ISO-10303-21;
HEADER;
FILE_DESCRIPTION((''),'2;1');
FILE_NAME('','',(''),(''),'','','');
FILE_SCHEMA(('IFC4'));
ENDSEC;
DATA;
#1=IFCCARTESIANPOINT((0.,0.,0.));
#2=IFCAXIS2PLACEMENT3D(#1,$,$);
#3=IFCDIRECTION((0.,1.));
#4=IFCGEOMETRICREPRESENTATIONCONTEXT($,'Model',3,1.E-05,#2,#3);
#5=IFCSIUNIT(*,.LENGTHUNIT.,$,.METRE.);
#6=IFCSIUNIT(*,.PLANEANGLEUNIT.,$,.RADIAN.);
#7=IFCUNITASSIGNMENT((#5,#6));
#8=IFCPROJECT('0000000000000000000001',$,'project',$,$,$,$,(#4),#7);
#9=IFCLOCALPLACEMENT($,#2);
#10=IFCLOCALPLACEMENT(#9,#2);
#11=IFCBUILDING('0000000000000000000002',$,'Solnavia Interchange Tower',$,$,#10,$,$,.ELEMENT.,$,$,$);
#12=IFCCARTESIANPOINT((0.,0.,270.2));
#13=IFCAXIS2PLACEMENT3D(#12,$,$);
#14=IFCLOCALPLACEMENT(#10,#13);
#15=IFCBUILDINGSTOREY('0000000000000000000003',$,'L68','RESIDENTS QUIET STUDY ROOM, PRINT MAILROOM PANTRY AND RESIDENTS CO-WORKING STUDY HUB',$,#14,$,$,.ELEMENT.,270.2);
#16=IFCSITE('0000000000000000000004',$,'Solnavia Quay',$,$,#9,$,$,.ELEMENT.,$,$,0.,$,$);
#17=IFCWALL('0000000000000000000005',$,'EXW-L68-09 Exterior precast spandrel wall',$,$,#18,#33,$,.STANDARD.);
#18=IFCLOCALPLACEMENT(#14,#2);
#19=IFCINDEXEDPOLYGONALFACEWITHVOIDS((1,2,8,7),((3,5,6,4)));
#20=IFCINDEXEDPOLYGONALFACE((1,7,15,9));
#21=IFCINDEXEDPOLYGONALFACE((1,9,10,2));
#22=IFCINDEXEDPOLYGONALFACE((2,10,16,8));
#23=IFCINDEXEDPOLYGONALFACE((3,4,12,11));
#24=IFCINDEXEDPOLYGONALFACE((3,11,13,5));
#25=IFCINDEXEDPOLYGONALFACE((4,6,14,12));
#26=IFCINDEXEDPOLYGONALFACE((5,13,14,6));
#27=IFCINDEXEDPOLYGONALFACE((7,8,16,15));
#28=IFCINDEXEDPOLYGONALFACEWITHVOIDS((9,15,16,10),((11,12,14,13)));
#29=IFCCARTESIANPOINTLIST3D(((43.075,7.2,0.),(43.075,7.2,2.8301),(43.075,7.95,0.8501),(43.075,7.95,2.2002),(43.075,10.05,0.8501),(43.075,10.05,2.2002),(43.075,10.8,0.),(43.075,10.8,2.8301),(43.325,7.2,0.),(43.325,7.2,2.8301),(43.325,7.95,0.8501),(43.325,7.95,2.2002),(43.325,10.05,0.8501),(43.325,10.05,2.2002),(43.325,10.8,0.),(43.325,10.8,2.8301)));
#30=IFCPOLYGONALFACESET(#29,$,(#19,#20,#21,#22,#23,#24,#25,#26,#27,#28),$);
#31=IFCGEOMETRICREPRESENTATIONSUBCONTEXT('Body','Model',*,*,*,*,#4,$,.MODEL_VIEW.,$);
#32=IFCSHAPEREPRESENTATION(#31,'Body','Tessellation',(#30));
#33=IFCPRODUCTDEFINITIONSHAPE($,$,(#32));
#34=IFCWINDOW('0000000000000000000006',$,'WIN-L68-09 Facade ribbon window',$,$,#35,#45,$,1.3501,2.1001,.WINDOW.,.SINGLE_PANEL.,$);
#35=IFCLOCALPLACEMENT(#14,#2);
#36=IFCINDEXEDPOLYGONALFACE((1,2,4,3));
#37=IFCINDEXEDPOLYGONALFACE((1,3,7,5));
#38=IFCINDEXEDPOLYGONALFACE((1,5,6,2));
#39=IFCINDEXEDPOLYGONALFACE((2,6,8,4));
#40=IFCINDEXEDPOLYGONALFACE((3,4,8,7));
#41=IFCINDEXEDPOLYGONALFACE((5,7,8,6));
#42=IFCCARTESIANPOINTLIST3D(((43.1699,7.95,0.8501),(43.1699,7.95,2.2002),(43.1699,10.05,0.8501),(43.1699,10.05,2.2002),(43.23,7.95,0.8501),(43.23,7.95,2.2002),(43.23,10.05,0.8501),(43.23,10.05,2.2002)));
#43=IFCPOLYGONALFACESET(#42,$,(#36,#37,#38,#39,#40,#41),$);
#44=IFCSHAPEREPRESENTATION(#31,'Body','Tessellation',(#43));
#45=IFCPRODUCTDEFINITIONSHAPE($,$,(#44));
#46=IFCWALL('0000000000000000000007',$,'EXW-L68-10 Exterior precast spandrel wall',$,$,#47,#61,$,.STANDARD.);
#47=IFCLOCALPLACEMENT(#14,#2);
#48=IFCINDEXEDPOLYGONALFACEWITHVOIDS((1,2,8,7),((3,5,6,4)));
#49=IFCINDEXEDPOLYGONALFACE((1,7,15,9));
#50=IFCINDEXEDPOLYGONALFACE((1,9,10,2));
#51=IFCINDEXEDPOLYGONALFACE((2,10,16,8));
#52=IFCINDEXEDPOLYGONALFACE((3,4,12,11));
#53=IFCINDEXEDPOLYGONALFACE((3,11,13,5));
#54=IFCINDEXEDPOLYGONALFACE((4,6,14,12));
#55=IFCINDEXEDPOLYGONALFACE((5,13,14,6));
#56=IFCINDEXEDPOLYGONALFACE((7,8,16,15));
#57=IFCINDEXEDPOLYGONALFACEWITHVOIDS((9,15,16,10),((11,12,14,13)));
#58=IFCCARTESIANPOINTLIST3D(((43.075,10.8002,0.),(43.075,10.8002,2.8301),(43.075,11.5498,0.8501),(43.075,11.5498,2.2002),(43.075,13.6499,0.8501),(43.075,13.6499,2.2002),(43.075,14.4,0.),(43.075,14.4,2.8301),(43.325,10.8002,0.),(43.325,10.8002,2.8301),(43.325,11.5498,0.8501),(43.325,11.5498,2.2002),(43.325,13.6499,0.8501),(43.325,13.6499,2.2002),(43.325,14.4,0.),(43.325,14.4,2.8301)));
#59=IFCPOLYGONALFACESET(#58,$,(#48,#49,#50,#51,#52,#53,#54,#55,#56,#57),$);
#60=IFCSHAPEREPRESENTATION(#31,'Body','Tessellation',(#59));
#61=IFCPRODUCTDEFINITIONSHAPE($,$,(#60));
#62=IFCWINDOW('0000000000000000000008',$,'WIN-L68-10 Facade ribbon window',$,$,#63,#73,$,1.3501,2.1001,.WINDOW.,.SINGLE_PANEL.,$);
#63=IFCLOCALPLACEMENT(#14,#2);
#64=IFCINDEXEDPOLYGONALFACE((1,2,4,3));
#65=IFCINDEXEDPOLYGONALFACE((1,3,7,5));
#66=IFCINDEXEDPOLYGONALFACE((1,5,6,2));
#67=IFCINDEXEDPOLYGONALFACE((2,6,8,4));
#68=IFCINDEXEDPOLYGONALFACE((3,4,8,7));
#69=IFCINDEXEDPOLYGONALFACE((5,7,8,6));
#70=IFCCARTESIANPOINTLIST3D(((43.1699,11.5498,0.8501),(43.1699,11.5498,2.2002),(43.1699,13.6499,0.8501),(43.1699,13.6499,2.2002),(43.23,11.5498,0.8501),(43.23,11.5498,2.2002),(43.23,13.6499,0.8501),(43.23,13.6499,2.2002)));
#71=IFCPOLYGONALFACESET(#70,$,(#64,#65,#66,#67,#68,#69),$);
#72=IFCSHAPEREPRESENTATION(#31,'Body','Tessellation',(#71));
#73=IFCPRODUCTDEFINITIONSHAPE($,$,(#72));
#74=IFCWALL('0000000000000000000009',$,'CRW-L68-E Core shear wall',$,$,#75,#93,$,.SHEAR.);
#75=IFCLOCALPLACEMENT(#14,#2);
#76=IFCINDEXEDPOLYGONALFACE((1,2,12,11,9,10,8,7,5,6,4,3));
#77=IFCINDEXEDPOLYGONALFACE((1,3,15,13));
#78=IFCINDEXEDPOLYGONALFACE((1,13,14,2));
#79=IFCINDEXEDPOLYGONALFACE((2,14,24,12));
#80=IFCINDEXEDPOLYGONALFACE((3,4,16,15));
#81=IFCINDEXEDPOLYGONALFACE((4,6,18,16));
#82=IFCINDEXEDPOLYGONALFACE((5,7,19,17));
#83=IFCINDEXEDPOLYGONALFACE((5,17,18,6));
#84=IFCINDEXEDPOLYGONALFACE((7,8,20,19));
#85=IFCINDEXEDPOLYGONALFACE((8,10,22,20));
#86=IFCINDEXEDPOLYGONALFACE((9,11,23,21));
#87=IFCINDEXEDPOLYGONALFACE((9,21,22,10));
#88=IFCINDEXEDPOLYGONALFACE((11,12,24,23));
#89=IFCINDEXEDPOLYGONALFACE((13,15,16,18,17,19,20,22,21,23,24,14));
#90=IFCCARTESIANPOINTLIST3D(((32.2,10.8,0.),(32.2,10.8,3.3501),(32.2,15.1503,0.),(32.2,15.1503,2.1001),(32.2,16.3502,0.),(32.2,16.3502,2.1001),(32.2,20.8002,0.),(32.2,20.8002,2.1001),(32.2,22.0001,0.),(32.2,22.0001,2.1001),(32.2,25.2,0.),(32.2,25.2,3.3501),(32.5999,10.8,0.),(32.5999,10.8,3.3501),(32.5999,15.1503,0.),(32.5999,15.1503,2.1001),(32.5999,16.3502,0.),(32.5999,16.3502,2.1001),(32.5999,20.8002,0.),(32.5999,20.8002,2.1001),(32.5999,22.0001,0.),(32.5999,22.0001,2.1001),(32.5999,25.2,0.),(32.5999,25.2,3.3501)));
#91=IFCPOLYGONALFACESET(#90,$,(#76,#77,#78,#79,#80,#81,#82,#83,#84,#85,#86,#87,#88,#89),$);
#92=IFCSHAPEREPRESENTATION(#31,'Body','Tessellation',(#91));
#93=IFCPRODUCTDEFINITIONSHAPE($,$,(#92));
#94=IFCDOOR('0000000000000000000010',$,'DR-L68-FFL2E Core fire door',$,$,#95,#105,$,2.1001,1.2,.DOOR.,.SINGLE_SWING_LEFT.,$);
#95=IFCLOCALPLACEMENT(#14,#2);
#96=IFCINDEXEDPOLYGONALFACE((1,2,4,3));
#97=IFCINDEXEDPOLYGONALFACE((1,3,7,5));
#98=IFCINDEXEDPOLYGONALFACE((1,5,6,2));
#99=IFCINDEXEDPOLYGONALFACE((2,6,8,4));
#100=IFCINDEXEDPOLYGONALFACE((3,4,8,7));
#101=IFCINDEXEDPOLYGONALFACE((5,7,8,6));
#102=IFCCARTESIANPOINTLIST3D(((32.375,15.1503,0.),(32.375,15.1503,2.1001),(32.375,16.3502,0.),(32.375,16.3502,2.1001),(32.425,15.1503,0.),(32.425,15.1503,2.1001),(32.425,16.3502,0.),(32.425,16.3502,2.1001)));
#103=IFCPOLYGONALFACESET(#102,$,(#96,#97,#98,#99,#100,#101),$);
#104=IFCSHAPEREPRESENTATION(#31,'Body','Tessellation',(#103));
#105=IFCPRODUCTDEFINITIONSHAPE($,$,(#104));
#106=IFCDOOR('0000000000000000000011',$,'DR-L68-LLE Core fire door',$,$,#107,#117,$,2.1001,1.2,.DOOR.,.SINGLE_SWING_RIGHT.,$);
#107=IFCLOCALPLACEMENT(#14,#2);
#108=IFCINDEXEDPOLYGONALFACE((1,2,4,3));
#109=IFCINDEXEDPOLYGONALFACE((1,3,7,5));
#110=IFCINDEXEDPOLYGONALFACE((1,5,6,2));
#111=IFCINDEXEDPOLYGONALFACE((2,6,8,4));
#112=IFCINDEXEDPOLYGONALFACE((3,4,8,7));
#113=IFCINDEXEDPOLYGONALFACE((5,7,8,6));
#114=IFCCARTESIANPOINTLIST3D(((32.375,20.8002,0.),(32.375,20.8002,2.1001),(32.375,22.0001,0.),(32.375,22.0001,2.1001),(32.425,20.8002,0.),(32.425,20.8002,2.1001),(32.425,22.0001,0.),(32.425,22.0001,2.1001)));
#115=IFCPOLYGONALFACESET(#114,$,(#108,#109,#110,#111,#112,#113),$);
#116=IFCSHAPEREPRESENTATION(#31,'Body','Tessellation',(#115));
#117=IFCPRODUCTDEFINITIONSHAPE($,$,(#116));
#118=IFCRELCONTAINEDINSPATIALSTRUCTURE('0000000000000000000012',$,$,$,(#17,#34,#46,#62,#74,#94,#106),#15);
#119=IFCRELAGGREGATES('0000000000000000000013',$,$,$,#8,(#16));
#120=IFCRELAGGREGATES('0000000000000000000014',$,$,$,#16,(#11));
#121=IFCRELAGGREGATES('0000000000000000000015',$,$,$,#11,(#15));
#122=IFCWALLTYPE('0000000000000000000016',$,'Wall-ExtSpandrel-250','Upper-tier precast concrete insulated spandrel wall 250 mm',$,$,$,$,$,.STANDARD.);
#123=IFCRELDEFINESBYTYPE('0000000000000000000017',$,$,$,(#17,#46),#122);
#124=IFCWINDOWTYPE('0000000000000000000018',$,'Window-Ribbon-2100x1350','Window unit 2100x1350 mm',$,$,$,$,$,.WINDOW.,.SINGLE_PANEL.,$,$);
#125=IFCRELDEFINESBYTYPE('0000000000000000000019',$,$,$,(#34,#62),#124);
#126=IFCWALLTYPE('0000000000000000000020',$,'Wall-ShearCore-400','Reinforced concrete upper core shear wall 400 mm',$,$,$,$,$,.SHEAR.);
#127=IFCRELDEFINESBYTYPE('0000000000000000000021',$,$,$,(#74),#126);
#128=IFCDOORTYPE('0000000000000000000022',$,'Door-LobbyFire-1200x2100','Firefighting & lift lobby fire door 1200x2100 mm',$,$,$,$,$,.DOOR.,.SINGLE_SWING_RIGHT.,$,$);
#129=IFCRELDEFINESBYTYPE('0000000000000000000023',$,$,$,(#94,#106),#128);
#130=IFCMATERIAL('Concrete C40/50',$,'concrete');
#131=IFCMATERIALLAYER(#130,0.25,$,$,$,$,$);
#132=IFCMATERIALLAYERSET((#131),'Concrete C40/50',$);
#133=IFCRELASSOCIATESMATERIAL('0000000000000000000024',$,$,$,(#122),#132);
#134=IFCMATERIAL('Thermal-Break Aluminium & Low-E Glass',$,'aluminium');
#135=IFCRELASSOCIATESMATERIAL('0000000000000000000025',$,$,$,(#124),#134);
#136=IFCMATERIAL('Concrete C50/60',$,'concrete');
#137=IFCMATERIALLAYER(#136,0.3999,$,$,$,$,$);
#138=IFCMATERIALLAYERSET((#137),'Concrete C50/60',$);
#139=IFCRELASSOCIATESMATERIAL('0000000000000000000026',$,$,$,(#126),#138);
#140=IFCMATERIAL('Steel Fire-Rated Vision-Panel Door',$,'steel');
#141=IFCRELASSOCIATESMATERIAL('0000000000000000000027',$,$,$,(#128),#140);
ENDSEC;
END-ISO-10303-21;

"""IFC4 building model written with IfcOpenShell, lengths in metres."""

from ifc_helpers import new_model, si_unit, direction, frame, frame_2d, origin, place, context, subcontext, project, spatial, rectangle, extrude, material, layer, layer_set, type_object, element, fill, save


model = new_model("IFC4")

# Units and contexts
model_context = context("Model", 3, precision=1e-05, world=origin(), true_north=direction((0.0, 1.0)))
body_context = subcontext(model_context, "Body", "Model", "MODEL_VIEW")
ifc_project = project(units=[si_unit("LENGTHUNIT", "METRE"), si_unit("PLANEANGLEUNIT", "RADIAN")], contexts=[model_context])

# Site, building, storey
site_placement = place(None, origin())
site = spatial("IfcSite", under=ifc_project, at=site_placement, Name="Solnavia Quay", CompositionType="ELEMENT", RefElevation=0.0)
building_placement = place(site_placement, origin())
building = spatial("IfcBuilding", under=site, at=building_placement, Name="Solnavia Interchange Tower", CompositionType="ELEMENT")
storey_placement = place(building_placement, frame((0.0, 0.0, 270.2)))
storey = spatial("IfcBuildingStorey", under=building, at=storey_placement, Name="L68", Description="RESIDENTS QUIET STUDY ROOM, PRINT MAILROOM PANTRY AND RESIDENTS CO-WORKING STUDY HUB", CompositionType="ELEMENT", Elevation=270.2)

# Shared definitions
ifc_material_1 = material(Name="Concrete C50/60", Category="concrete")

# Shared definitions
ifc_material_2 = material(Name="Concrete C40/50", Category="concrete")
ifc_layer_1 = layer(ifc_material_2, 0.25)
ifc_layer_set_1 = layer_set([ifc_layer_1], Name="Concrete C40/50")
wall_type_1 = type_object("IfcWallType", Name="Wall-ExtSpandrel-250", Description="Upper-tier precast concrete insulated spandrel wall 250 mm", PredefinedType="STANDARD", material=ifc_layer_set_1)

# Walls, openings, windows
wall_1_placement = place(storey_placement, frame((43.2, 10.8, 0.0), z_axis=(0.0, 0.0, 1.0), x_axis=(0.0, -1.0, 0.0)))
wall_1 = element("IfcWall", 1, at=wall_1_placement, inside=storey, type_object=wall_type_1, Name="EXW-L68-09 Exterior precast spandrel wall", PredefinedType="STANDARD", context=body_context, shape_type="SweptSolid", body=[
    extrude(rectangle(XDim=3.6001, YDim=0.25, at=frame_2d((1.8, 0.0))), origin(), (0.0, 0.0, 1.0), 2.8301),
])
opening_1_placement = place(wall_1_placement, frame((0.75, 0.0, 0.8501)))
opening_1 = element("IfcOpeningElement", 2, at=opening_1_placement, cuts=wall_1, PredefinedType="OPENING", context=body_context, shape_type="SweptSolid", body=[
    extrude(rectangle(XDim=2.1001, YDim=1.3501, at=frame_2d((1.05, 0.675))), frame((0.0, 0.135, 0.0), z_axis=(0.0, -1.0, 0.0), x_axis=(1.0, 0.0, 0.0)), (0.0, 0.0, 1.0), 0.27),
])
ifc_material_3 = material(Name="Thermal-Break Aluminium & Low-E Glass", Category="aluminium")
window_type = type_object("IfcWindowType", Name="Window-Ribbon-2100x1350", Description="Window unit 2100x1350 mm", PartitioningType="SINGLE_PANEL", PredefinedType="WINDOW", material=ifc_material_3)
window_1_placement = place(opening_1_placement, origin())
window_1 = element("IfcWindow", 3, at=window_1_placement, inside=storey, type_object=window_type, Name="WIN-L68-09 Facade ribbon window", OverallHeight=1.3501, OverallWidth=2.1001, PartitioningType="SINGLE_PANEL", PredefinedType="WINDOW", context=body_context, shape_type="SweptSolid", body=[
    extrude(rectangle(XDim=2.1001, YDim=1.3501, at=frame_2d((1.05, 0.675))), frame((0.0, 0.03, 0.0), z_axis=(0.0, -1.0, 0.0), x_axis=(1.0, 0.0, 0.0)), (0.0, 0.0, 1.0), 0.0601),
])
fill(opening_1, window_1)
wall_2_placement = place(storey_placement, frame((43.2, 14.3999, 0.0), z_axis=(0.0, 0.0, 1.0), x_axis=(0.0, -1.0, 0.0)))
wall_2 = element("IfcWall", 4, at=wall_2_placement, inside=storey, type_object=wall_type_1, Name="EXW-L68-10 Exterior precast spandrel wall", PredefinedType="STANDARD", context=body_context, shape_type="SweptSolid", body=[
    extrude(rectangle(XDim=3.5999, YDim=0.25, at=frame_2d((1.7998, 0.0))), origin(), (0.0, 0.0, 1.0), 2.8301),
])
opening_2_placement = place(wall_2_placement, frame((0.75, 0.0, 0.8501)))
opening_2 = element("IfcOpeningElement", 5, at=opening_2_placement, cuts=wall_2, PredefinedType="OPENING", context=body_context, shape_type="SweptSolid", body=[
    extrude(rectangle(XDim=2.1001, YDim=1.3501, at=frame_2d((1.05, 0.675))), frame((0.0, 0.135, 0.0), z_axis=(0.0, -1.0, 0.0), x_axis=(1.0, 0.0, 0.0)), (0.0, 0.0, 1.0), 0.27),
])
window_2_placement = place(opening_2_placement, origin())
window_2 = element("IfcWindow", 6, at=window_2_placement, inside=storey, type_object=window_type, Name="WIN-L68-10 Facade ribbon window", OverallHeight=1.3501, OverallWidth=2.1001, PartitioningType="SINGLE_PANEL", PredefinedType="WINDOW", context=body_context, shape_type="SweptSolid", body=[
    extrude(rectangle(XDim=2.1001, YDim=1.3501, at=frame_2d((1.05, 0.675))), frame((0.0, 0.03, 0.0), z_axis=(0.0, -1.0, 0.0), x_axis=(1.0, 0.0, 0.0)), (0.0, 0.0, 1.0), 0.0601),
])
fill(opening_2, window_2)

# Wall, openings, doors
ifc_layer_2 = layer(ifc_material_1, 0.3999)
ifc_layer_set_2 = layer_set([ifc_layer_2], Name="Concrete C50/60")
wall_type_2 = type_object("IfcWallType", Name="Wall-ShearCore-400", Description="Reinforced concrete upper core shear wall 400 mm", PredefinedType="SHEAR", material=ifc_layer_set_2)
wall_3_placement = place(storey_placement, frame((32.3999, 10.8, 0.0), z_axis=(0.0, 0.0, 1.0), x_axis=(0.0, 1.0, 0.0)))
wall_3 = element("IfcWall", 7, at=wall_3_placement, inside=storey, type_object=wall_type_2, Name="CRW-L68-E Core shear wall", PredefinedType="SHEAR", context=body_context, shape_type="SweptSolid", body=[
    extrude(rectangle(XDim=14.3999, YDim=0.3999, at=frame_2d((7.2, 0.0))), origin(), (0.0, 0.0, 1.0), 3.3501),
])
opening_3_placement = place(wall_3_placement, frame((4.3501, 0.0, 0.0)))
opening_3 = element("IfcOpeningElement", 8, at=opening_3_placement, cuts=wall_3, PredefinedType="OPENING", context=body_context, shape_type="SweptSolid", body=[
    extrude(rectangle(XDim=1.2, YDim=2.1001, at=frame_2d((0.6001, 1.05))), frame((0.0, 0.21, 0.0), z_axis=(0.0, -1.0, 0.0), x_axis=(1.0, 0.0, 0.0)), (0.0, 0.0, 1.0), 0.4199),
])
opening_4_placement = place(wall_3_placement, frame((10.0, 0.0, 0.0)))
opening_4 = element("IfcOpeningElement", 9, at=opening_4_placement, cuts=wall_3, PredefinedType="OPENING", context=body_context, shape_type="SweptSolid", body=[
    extrude(rectangle(XDim=1.2, YDim=2.1001, at=frame_2d((0.6001, 1.05))), frame((0.0, 0.21, 0.0), z_axis=(0.0, -1.0, 0.0), x_axis=(1.0, 0.0, 0.0)), (0.0, 0.0, 1.0), 0.4199),
])
ifc_material_4 = material(Name="Steel Fire-Rated Vision-Panel Door", Category="steel")
door_type = type_object("IfcDoorType", Name="Door-LobbyFire-1200x2100", Description="Firefighting & lift lobby fire door 1200x2100 mm", OperationType="SINGLE_SWING_RIGHT", PredefinedType="DOOR", material=ifc_material_4)
door_1_placement = place(opening_3_placement, origin())
door_1 = element("IfcDoor", 10, at=door_1_placement, inside=storey, type_object=door_type, Name="DR-L68-FFL2E Core fire door", OperationType="SINGLE_SWING_LEFT", OverallHeight=2.1001, OverallWidth=1.2, PredefinedType="DOOR", context=body_context, shape_type="SweptSolid", body=[
    extrude(rectangle(XDim=1.2, YDim=2.1001, at=frame_2d((0.6001, 1.05))), frame((0.0, 0.0249, 0.0), z_axis=(0.0, -1.0, 0.0), x_axis=(1.0, 0.0, 0.0)), (0.0, 0.0, 1.0), 0.05),
])
fill(opening_3, door_1)
door_2_placement = place(opening_4_placement, origin())
door_2 = element("IfcDoor", 11, at=door_2_placement, inside=storey, type_object=door_type, Name="DR-L68-LLE Core fire door", OperationType="SINGLE_SWING_RIGHT", OverallHeight=2.1001, OverallWidth=1.2, PredefinedType="DOOR", context=body_context, shape_type="SweptSolid", body=[
    extrude(rectangle(XDim=1.2, YDim=2.1001, at=frame_2d((0.6001, 1.05))), frame((0.0, 0.0249, 0.0), z_axis=(0.0, -1.0, 0.0), x_axis=(1.0, 0.0, 0.0)), (0.0, 0.0, 1.0), 0.05),
])
fill(opening_4, door_2)

save(model, "model.ifc")
